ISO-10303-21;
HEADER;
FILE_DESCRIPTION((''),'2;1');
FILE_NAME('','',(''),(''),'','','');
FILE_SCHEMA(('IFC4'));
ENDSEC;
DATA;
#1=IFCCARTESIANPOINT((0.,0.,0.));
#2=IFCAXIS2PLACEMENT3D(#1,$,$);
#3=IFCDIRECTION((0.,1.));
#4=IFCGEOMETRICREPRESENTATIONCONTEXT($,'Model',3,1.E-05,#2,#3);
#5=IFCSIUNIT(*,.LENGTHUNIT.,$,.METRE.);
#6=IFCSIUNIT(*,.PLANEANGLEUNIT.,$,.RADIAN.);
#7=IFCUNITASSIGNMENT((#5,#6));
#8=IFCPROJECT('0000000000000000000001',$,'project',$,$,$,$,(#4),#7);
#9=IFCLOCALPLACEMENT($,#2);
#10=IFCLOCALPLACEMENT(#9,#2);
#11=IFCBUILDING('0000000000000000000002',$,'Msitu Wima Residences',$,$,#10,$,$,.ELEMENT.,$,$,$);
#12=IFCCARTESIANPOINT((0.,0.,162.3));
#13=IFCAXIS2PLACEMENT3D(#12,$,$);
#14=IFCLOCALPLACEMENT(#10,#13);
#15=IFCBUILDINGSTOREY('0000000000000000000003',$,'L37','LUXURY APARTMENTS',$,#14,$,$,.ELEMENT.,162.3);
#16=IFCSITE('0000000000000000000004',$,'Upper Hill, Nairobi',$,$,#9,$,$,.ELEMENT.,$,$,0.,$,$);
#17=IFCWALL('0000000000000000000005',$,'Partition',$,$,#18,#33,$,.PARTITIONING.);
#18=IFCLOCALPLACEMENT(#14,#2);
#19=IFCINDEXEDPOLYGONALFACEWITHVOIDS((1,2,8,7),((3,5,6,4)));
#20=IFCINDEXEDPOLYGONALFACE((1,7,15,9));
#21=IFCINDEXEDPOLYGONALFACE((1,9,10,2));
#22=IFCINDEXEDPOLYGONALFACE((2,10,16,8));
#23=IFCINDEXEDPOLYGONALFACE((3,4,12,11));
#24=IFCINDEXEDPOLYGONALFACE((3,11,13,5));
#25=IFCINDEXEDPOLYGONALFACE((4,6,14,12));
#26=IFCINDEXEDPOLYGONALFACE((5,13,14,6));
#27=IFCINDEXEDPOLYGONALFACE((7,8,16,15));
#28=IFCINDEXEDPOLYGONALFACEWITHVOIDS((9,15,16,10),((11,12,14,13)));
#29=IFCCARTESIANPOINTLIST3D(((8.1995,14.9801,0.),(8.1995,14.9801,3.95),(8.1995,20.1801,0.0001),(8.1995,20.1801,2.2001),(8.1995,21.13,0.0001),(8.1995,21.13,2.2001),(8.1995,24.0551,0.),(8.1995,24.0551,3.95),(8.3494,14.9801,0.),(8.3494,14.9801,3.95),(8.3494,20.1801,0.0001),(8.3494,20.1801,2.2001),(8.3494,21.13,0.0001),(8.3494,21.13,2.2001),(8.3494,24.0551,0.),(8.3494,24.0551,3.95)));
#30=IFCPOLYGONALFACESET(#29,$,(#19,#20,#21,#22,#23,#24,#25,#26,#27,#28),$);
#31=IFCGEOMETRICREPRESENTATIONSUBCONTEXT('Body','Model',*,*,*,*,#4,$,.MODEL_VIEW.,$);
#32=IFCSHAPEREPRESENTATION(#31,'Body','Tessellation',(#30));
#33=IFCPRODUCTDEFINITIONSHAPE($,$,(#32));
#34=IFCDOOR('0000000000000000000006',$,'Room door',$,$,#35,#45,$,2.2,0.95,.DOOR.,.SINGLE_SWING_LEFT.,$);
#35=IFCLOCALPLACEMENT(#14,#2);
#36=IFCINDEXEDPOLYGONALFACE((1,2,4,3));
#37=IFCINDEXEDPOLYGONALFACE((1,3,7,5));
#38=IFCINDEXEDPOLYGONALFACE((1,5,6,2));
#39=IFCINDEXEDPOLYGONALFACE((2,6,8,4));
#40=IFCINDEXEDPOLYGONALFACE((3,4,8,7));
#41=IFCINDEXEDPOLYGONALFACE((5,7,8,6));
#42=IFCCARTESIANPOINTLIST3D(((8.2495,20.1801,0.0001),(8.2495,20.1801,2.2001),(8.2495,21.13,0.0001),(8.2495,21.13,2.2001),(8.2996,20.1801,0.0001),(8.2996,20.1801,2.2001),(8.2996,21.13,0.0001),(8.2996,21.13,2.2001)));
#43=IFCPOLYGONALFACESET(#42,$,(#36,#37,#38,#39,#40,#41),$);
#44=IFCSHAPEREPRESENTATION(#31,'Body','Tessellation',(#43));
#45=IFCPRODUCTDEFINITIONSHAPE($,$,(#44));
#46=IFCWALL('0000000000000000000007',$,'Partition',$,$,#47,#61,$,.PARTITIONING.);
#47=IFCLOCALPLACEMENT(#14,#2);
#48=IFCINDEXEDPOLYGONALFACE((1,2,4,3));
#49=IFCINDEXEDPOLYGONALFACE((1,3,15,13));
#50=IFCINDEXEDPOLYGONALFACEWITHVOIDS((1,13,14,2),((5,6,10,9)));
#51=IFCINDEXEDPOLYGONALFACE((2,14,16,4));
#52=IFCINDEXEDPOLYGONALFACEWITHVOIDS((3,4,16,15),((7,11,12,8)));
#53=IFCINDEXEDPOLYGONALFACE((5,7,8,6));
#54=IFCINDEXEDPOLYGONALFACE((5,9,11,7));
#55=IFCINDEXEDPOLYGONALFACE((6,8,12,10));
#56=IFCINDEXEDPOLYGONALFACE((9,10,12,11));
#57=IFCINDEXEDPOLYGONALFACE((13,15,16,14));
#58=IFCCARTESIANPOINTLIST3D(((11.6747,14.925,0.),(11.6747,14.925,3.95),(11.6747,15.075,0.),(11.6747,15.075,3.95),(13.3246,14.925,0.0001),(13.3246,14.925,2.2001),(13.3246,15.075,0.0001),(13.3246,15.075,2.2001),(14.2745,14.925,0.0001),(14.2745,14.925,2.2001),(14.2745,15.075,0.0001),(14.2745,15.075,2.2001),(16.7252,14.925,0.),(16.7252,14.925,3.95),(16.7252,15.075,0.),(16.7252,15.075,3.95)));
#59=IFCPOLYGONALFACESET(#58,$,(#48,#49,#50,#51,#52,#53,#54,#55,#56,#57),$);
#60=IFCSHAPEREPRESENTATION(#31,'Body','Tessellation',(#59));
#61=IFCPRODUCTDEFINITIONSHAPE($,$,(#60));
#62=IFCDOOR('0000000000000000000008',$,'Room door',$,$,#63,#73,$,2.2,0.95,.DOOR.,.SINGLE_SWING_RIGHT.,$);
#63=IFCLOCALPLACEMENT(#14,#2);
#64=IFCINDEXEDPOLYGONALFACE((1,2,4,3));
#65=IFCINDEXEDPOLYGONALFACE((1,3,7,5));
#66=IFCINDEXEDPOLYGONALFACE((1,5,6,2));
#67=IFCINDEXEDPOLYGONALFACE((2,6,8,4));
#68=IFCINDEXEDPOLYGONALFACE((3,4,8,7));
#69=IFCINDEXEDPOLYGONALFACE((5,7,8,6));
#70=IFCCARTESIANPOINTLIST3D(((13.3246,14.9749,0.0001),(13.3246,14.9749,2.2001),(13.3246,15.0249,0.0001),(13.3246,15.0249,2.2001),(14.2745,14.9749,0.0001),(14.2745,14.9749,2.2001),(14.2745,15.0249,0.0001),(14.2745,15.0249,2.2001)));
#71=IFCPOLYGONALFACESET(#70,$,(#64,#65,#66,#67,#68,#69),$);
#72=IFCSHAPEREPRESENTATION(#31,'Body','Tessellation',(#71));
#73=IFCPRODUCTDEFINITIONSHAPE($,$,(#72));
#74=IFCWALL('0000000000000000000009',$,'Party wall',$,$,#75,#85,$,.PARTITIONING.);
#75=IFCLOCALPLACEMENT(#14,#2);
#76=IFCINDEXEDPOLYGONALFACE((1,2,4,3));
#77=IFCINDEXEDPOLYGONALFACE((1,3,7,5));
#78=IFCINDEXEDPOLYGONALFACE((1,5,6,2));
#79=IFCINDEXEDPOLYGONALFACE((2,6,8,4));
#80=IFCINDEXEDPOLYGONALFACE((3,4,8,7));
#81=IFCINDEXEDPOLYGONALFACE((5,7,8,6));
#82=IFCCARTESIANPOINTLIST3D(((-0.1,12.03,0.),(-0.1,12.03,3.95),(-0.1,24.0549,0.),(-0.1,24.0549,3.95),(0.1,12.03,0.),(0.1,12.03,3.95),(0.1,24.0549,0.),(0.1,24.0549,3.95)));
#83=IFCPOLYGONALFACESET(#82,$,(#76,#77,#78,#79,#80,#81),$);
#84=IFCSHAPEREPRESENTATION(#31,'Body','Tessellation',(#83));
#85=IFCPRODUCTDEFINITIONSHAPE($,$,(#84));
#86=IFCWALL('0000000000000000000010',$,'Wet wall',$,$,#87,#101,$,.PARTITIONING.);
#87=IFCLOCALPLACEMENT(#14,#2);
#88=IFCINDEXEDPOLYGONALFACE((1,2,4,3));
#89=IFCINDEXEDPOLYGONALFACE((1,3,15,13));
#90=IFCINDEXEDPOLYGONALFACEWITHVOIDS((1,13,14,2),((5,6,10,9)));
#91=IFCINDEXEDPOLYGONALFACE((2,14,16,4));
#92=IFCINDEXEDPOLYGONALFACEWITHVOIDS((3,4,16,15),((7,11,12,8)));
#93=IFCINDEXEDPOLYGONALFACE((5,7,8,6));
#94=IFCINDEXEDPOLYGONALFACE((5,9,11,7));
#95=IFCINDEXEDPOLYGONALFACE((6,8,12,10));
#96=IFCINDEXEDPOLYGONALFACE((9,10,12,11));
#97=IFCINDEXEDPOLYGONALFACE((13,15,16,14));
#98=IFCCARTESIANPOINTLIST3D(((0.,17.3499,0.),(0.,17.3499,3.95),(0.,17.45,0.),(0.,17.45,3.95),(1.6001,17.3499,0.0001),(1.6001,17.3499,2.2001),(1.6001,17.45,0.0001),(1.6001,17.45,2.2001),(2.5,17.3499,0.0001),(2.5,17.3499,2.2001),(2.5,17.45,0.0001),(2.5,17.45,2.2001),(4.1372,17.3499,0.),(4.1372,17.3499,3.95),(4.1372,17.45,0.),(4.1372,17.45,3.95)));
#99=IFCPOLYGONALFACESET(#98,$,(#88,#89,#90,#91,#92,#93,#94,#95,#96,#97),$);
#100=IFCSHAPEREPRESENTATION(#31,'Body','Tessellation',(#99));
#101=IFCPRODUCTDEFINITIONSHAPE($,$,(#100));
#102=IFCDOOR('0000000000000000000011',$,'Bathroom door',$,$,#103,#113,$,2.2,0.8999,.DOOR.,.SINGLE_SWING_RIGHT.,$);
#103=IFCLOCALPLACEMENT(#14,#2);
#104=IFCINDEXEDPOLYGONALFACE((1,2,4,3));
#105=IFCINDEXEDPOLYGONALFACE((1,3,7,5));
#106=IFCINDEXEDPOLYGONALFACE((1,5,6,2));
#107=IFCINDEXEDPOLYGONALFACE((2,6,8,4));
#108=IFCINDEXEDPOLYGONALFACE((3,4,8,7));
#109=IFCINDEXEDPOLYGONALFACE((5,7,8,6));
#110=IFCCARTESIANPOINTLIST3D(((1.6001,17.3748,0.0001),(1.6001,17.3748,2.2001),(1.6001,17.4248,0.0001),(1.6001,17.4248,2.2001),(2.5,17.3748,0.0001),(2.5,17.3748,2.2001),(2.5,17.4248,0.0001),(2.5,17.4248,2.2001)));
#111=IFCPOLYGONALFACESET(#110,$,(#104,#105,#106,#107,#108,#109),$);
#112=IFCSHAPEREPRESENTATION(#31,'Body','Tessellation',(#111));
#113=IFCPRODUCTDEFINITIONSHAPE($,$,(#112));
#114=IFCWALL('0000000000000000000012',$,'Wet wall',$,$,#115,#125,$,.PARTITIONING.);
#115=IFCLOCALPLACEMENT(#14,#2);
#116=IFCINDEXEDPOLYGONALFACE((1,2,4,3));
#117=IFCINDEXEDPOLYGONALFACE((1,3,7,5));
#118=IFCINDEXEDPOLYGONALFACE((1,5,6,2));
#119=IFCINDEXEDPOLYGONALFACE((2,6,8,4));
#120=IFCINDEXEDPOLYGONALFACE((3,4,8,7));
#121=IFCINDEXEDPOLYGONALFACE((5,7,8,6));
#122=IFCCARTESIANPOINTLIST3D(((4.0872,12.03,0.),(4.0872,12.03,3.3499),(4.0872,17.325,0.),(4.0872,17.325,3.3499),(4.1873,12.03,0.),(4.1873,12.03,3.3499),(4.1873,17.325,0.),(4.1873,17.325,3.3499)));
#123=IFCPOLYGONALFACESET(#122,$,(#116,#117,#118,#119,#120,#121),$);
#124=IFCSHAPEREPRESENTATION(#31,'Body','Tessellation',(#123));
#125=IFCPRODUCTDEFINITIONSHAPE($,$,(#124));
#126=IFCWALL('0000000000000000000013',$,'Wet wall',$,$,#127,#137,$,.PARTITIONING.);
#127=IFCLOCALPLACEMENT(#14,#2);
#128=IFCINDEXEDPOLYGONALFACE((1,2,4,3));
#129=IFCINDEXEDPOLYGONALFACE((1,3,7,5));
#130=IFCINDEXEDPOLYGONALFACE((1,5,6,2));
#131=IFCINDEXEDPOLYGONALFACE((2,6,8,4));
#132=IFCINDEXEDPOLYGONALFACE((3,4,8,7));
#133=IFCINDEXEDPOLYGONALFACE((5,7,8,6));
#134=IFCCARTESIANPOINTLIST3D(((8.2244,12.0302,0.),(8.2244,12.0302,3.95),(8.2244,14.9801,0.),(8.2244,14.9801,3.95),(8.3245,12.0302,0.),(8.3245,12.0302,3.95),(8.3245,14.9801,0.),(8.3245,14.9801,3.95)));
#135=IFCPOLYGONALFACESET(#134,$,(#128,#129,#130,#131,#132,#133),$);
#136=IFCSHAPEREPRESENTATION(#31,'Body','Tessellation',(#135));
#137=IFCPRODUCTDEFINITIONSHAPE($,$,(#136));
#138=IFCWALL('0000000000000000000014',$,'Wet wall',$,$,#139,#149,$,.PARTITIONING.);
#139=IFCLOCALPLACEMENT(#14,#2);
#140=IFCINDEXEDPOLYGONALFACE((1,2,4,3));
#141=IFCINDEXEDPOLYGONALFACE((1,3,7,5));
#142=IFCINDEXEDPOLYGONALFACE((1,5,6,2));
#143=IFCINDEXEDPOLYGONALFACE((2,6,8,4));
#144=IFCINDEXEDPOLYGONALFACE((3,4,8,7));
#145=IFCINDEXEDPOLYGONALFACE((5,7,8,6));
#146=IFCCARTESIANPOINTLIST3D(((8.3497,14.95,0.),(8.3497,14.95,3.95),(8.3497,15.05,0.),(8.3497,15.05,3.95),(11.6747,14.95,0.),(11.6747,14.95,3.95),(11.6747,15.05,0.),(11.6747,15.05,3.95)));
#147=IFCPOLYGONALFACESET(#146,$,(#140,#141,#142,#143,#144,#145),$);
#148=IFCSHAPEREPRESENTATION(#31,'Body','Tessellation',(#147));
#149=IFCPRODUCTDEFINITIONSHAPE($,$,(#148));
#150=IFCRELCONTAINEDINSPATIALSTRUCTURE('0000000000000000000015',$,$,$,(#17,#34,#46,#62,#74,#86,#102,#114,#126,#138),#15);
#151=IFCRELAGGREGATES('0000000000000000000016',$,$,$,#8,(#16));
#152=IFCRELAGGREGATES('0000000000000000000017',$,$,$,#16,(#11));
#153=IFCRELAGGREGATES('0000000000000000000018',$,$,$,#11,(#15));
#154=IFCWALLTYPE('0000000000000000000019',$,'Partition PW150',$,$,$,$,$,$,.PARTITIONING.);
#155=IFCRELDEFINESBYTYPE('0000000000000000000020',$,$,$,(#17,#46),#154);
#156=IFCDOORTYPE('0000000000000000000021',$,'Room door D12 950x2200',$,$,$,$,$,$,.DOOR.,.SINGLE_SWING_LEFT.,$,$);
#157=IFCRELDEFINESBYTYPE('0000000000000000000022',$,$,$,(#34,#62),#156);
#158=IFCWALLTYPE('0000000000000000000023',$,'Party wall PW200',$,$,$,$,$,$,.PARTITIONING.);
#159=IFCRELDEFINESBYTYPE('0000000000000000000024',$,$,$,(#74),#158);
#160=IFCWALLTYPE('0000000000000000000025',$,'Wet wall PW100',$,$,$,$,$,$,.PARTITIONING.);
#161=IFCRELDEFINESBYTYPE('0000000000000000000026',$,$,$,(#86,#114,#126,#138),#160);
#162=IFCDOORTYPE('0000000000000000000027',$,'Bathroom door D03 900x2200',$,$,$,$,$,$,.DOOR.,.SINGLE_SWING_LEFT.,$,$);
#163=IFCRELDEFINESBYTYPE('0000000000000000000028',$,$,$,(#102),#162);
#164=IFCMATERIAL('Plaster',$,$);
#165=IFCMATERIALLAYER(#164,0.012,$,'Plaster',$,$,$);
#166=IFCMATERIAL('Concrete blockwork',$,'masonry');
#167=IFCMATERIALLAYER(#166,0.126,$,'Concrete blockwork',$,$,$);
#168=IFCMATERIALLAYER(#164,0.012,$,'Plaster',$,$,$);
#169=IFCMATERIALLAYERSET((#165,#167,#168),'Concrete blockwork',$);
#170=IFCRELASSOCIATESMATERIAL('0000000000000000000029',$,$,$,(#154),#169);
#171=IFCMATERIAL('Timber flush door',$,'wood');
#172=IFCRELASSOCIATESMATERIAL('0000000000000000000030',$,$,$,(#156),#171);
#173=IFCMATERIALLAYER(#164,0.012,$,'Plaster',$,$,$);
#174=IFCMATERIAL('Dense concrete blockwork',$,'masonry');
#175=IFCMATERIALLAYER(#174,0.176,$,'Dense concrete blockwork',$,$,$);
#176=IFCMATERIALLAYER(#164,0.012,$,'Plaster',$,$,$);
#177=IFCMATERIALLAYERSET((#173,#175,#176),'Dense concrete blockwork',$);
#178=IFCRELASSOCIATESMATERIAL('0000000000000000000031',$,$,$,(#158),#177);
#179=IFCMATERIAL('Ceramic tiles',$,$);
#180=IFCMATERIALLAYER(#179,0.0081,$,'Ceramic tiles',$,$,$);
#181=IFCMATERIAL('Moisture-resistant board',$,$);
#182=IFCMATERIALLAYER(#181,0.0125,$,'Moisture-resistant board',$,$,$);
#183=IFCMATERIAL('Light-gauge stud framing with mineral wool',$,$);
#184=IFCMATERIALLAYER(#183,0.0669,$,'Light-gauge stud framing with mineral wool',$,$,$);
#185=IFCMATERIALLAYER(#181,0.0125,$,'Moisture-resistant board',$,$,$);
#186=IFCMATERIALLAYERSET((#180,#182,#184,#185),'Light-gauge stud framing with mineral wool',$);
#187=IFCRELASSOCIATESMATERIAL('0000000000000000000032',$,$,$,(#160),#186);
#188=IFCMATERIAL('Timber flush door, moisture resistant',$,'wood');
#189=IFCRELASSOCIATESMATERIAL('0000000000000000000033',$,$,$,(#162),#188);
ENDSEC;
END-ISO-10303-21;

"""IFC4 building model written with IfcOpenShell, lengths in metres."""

from ifc_helpers import new_model, si_unit, direction, frame, frame_2d, origin, place, context, subcontext, project, spatial, rectangle, extrude, material, layer, layer_set, type_object, element, fill, save


model = new_model("IFC4")

# Units and contexts
model_context = context("Model", 3, precision=1e-05, world=origin(), true_north=direction((0.0, 1.0)))
body_context = subcontext(model_context, "Body", "Model", "MODEL_VIEW")
ifc_project = project(units=[si_unit("LENGTHUNIT", "METRE"), si_unit("PLANEANGLEUNIT", "RADIAN")], contexts=[model_context])

# Site, building, storey
site_placement = place(None, origin())
site = spatial("IfcSite", under=ifc_project, at=site_placement, Name="Upper Hill, Nairobi", CompositionType="ELEMENT", RefElevation=0.0)
building_placement = place(site_placement, origin())
building = spatial("IfcBuilding", under=site, at=building_placement, Name="Msitu Wima Residences", CompositionType="ELEMENT")
storey_placement = place(building_placement, frame((0.0, 0.0, 162.3)))
storey = spatial("IfcBuildingStorey", under=building, at=storey_placement, Name="L37", Description="LUXURY APARTMENTS", CompositionType="ELEMENT", Elevation=162.3)

# Walls, openings, doors
ifc_material_1 = material(Name="Plaster")
ifc_layer_1 = layer(ifc_material_1, 0.012, Name="Plaster")
ifc_material_2 = material(Name="Concrete blockwork", Category="masonry")
ifc_layer_2 = layer(ifc_material_2, 0.126, Name="Concrete blockwork")
ifc_layer_3 = layer(ifc_material_1, 0.012, Name="Plaster")
ifc_layer_set_1 = layer_set([ifc_layer_1, ifc_layer_2, ifc_layer_3], Name="Concrete blockwork")
wall_type_1 = type_object("IfcWallType", Name="Partition PW150", PredefinedType="PARTITIONING", material=ifc_layer_set_1)
ifc_material_3 = material(Name="Timber flush door", Category="wood")
door_type_1 = type_object("IfcDoorType", Name="Room door D12 950x2200", OperationType="SINGLE_SWING_LEFT", PredefinedType="DOOR", material=ifc_material_3)
wall_1_placement = place(storey_placement, frame((8.2744, 14.98, 0.0), z_axis=(0.0, 0.0, 1.0), x_axis=(0.0, 1.0, 0.0)))
wall_1 = element("IfcWall", 1, at=wall_1_placement, inside=storey, type_object=wall_type_1, Name="Partition", PredefinedType="PARTITIONING", context=body_context, shape_type="SweptSolid", body=[
    extrude(rectangle(XDim=9.075, YDim=0.1499, at=frame_2d((4.5376, 0.0))), origin(), (0.0, 0.0, 1.0), 3.95),
])
opening_1_placement = place(wall_1_placement, frame((5.2, 0.0, 0.0)))
opening_1 = element("IfcOpeningElement", 2, at=opening_1_placement, cuts=wall_1, PredefinedType="OPENING", context=body_context, shape_type="SweptSolid", body=[
    extrude(rectangle(XDim=0.95, YDim=2.2, at=frame_2d((0.4751, 1.1001))), frame((0.0, 0.085, 0.0), z_axis=(0.0, -1.0, 0.0), x_axis=(1.0, 0.0, 0.0)), (0.0, 0.0, 1.0), 0.1699),
])
door_1_placement = place(opening_1_placement, origin())
door_1 = element("IfcDoor", 3, at=door_1_placement, inside=storey, type_object=door_type_1, Name="Room door", OperationType="SINGLE_SWING_LEFT", OverallHeight=2.2, OverallWidth=0.95, PredefinedType="DOOR", context=body_context, shape_type="SweptSolid", body=[
    extrude(rectangle(XDim=0.95, YDim=2.2, at=frame_2d((0.4751, 1.1001))), frame((0.0, 0.0249, 0.0), z_axis=(0.0, -1.0, 0.0), x_axis=(1.0, 0.0, 0.0)), (0.0, 0.0, 1.0), 0.05),
])
fill(opening_1, door_1)
wall_2_placement = place(storey_placement, frame((11.6746, 15.0, 0.0), z_axis=(0.0, 0.0, 1.0), x_axis=(1.0, 0.0, 0.0)))
wall_2 = element("IfcWall", 4, at=wall_2_placement, inside=storey, type_object=wall_type_1, Name="Partition", PredefinedType="PARTITIONING", context=body_context, shape_type="SweptSolid", body=[
    extrude(rectangle(XDim=5.0505, YDim=0.1499, at=frame_2d((2.5254, 0.0))), origin(), (0.0, 0.0, 1.0), 3.95),
])
opening_2_placement = place(wall_2_placement, frame((1.6499, 0.0, 0.0)))
opening_2 = element("IfcOpeningElement", 5, at=opening_2_placement, cuts=wall_2, PredefinedType="OPENING", context=body_context, shape_type="SweptSolid", body=[
    extrude(rectangle(XDim=0.95, YDim=2.2, at=frame_2d((0.4751, 1.1001))), frame((0.0, 0.085, 0.0), z_axis=(0.0, -1.0, 0.0), x_axis=(1.0, 0.0, 0.0)), (0.0, 0.0, 1.0), 0.1699),
])
door_2_placement = place(opening_2_placement, origin())
door_2 = element("IfcDoor", 6, at=door_2_placement, inside=storey, type_object=door_type_1, Name="Room door", OperationType="SINGLE_SWING_RIGHT", OverallHeight=2.2, OverallWidth=0.95, PredefinedType="DOOR", context=body_context, shape_type="SweptSolid", body=[
    extrude(rectangle(XDim=0.95, YDim=2.2, at=frame_2d((0.4751, 1.1001))), frame((0.0, 0.0249, 0.0), z_axis=(0.0, -1.0, 0.0), x_axis=(1.0, 0.0, 0.0)), (0.0, 0.0, 1.0), 0.05),
])
fill(opening_2, door_2)

# Wall
ifc_layer_4 = layer(ifc_material_1, 0.012, Name="Plaster")
ifc_material_4 = material(Name="Dense concrete blockwork", Category="masonry")
ifc_layer_5 = layer(ifc_material_4, 0.176, Name="Dense concrete blockwork")
ifc_layer_6 = layer(ifc_material_1, 0.012, Name="Plaster")
ifc_layer_set_2 = layer_set([ifc_layer_4, ifc_layer_5, ifc_layer_6], Name="Dense concrete blockwork")
wall_type_2 = type_object("IfcWallType", Name="Party wall PW200", PredefinedType="PARTITIONING", material=ifc_layer_set_2)
wall_3_placement = place(storey_placement, frame((0.0, 12.03, 0.0), z_axis=(0.0, 0.0, 1.0), x_axis=(0.0, 1.0, 0.0)))
element("IfcWall", 7, at=wall_3_placement, inside=storey, type_object=wall_type_2, Name="Party wall", PredefinedType="PARTITIONING", context=body_context, shape_type="SweptSolid", body=[
    extrude(rectangle(XDim=12.0249, YDim=0.2, at=frame_2d((6.0125, 0.0))), origin(), (0.0, 0.0, 1.0), 3.95),
])

# Wall, opening, door
ifc_material_5 = material(Name="Ceramic tiles")
ifc_layer_7 = layer(ifc_material_5, 0.0081, Name="Ceramic tiles")
ifc_material_6 = material(Name="Moisture-resistant board")
ifc_layer_8 = layer(ifc_material_6, 0.0125, Name="Moisture-resistant board")
ifc_material_7 = material(Name="Light-gauge stud framing with mineral wool")
ifc_layer_9 = layer(ifc_material_7, 0.0669, Name="Light-gauge stud framing with mineral wool")
ifc_layer_10 = layer(ifc_material_6, 0.0125, Name="Moisture-resistant board")
ifc_layer_set_3 = layer_set([ifc_layer_7, ifc_layer_8, ifc_layer_9, ifc_layer_10], Name="Light-gauge stud framing with mineral wool")
wall_type_3 = type_object("IfcWallType", Name="Wet wall PW100", PredefinedType="PARTITIONING", material=ifc_layer_set_3)
wall_4_placement = place(storey_placement, frame((0.0, 17.3999, 0.0), z_axis=(0.0, 0.0, 1.0), x_axis=(1.0, 0.0, 0.0)))
wall_4 = element("IfcWall", 8, at=wall_4_placement, inside=storey, type_object=wall_type_3, Name="Wet wall", PredefinedType="PARTITIONING", context=body_context, shape_type="SweptSolid", body=[
    extrude(rectangle(XDim=4.1372, YDim=0.1001, at=frame_2d((2.0686, 0.0))), origin(), (0.0, 0.0, 1.0), 3.95),
])
opening_3_placement = place(wall_4_placement, frame((1.6001, 0.0, 0.0)))
opening_3 = element("IfcOpeningElement", 9, at=opening_3_placement, cuts=wall_4, PredefinedType="OPENING", context=body_context, shape_type="SweptSolid", body=[
    extrude(rectangle(XDim=0.8999, YDim=2.2, at=frame_2d((0.45, 1.1001))), frame((0.0, 0.0601, 0.0), z_axis=(0.0, -1.0, 0.0), x_axis=(1.0, 0.0, 0.0)), (0.0, 0.0, 1.0), 0.1201),
])
ifc_material_8 = material(Name="Timber flush door, moisture resistant", Category="wood")
door_type_2 = type_object("IfcDoorType", Name="Bathroom door D03 900x2200", OperationType="SINGLE_SWING_LEFT", PredefinedType="DOOR", material=ifc_material_8)
door_3_placement = place(opening_3_placement, origin())
door_3 = element("IfcDoor", 10, at=door_3_placement, inside=storey, type_object=door_type_2, Name="Bathroom door", OperationType="SINGLE_SWING_RIGHT", OverallHeight=2.2, OverallWidth=0.8999, PredefinedType="DOOR", context=body_context, shape_type="SweptSolid", body=[
    extrude(rectangle(XDim=0.8999, YDim=2.2, at=frame_2d((0.45, 1.1001))), frame((0.0, 0.0249, 0.0), z_axis=(0.0, -1.0, 0.0), x_axis=(1.0, 0.0, 0.0)), (0.0, 0.0, 1.0), 0.05),
])
fill(opening_3, door_3)

# Walls
wall_5_placement = place(storey_placement, frame((4.1372, 12.03, 0.0), z_axis=(0.0, 0.0, 1.0), x_axis=(0.0, 1.0, 0.0)))
element("IfcWall", 11, at=wall_5_placement, inside=storey, type_object=wall_type_3, Name="Wet wall", PredefinedType="PARTITIONING", context=body_context, shape_type="SweptSolid", body=[
    extrude(rectangle(XDim=5.2949, YDim=0.1001, at=frame_2d((2.6475, 0.0))), origin(), (0.0, 0.0, 1.0), 3.3499),
])
wall_6_placement = place(storey_placement, frame((8.2744, 12.03, 0.0), z_axis=(0.0, 0.0, 1.0), x_axis=(0.0, 1.0, 0.0)))
element("IfcWall", 12, at=wall_6_placement, inside=storey, type_object=wall_type_3, Name="Wet wall", PredefinedType="PARTITIONING", context=body_context, shape_type="SweptSolid", body=[
    extrude(rectangle(XDim=2.95, YDim=0.1001, at=frame_2d((1.4751, 0.0))), origin(), (0.0, 0.0, 1.0), 3.95),
])
wall_7_placement = place(storey_placement, frame((8.3496, 15.0, 0.0), z_axis=(0.0, 0.0, 1.0), x_axis=(1.0, 0.0, 0.0)))
element("IfcWall", 13, at=wall_7_placement, inside=storey, type_object=wall_type_3, Name="Wet wall", PredefinedType="PARTITIONING", context=body_context, shape_type="SweptSolid", body=[
    extrude(rectangle(XDim=3.325, YDim=0.1001, at=frame_2d((1.6626, 0.0))), origin(), (0.0, 0.0, 1.0), 3.95),
])

save(model, "model.ifc")
